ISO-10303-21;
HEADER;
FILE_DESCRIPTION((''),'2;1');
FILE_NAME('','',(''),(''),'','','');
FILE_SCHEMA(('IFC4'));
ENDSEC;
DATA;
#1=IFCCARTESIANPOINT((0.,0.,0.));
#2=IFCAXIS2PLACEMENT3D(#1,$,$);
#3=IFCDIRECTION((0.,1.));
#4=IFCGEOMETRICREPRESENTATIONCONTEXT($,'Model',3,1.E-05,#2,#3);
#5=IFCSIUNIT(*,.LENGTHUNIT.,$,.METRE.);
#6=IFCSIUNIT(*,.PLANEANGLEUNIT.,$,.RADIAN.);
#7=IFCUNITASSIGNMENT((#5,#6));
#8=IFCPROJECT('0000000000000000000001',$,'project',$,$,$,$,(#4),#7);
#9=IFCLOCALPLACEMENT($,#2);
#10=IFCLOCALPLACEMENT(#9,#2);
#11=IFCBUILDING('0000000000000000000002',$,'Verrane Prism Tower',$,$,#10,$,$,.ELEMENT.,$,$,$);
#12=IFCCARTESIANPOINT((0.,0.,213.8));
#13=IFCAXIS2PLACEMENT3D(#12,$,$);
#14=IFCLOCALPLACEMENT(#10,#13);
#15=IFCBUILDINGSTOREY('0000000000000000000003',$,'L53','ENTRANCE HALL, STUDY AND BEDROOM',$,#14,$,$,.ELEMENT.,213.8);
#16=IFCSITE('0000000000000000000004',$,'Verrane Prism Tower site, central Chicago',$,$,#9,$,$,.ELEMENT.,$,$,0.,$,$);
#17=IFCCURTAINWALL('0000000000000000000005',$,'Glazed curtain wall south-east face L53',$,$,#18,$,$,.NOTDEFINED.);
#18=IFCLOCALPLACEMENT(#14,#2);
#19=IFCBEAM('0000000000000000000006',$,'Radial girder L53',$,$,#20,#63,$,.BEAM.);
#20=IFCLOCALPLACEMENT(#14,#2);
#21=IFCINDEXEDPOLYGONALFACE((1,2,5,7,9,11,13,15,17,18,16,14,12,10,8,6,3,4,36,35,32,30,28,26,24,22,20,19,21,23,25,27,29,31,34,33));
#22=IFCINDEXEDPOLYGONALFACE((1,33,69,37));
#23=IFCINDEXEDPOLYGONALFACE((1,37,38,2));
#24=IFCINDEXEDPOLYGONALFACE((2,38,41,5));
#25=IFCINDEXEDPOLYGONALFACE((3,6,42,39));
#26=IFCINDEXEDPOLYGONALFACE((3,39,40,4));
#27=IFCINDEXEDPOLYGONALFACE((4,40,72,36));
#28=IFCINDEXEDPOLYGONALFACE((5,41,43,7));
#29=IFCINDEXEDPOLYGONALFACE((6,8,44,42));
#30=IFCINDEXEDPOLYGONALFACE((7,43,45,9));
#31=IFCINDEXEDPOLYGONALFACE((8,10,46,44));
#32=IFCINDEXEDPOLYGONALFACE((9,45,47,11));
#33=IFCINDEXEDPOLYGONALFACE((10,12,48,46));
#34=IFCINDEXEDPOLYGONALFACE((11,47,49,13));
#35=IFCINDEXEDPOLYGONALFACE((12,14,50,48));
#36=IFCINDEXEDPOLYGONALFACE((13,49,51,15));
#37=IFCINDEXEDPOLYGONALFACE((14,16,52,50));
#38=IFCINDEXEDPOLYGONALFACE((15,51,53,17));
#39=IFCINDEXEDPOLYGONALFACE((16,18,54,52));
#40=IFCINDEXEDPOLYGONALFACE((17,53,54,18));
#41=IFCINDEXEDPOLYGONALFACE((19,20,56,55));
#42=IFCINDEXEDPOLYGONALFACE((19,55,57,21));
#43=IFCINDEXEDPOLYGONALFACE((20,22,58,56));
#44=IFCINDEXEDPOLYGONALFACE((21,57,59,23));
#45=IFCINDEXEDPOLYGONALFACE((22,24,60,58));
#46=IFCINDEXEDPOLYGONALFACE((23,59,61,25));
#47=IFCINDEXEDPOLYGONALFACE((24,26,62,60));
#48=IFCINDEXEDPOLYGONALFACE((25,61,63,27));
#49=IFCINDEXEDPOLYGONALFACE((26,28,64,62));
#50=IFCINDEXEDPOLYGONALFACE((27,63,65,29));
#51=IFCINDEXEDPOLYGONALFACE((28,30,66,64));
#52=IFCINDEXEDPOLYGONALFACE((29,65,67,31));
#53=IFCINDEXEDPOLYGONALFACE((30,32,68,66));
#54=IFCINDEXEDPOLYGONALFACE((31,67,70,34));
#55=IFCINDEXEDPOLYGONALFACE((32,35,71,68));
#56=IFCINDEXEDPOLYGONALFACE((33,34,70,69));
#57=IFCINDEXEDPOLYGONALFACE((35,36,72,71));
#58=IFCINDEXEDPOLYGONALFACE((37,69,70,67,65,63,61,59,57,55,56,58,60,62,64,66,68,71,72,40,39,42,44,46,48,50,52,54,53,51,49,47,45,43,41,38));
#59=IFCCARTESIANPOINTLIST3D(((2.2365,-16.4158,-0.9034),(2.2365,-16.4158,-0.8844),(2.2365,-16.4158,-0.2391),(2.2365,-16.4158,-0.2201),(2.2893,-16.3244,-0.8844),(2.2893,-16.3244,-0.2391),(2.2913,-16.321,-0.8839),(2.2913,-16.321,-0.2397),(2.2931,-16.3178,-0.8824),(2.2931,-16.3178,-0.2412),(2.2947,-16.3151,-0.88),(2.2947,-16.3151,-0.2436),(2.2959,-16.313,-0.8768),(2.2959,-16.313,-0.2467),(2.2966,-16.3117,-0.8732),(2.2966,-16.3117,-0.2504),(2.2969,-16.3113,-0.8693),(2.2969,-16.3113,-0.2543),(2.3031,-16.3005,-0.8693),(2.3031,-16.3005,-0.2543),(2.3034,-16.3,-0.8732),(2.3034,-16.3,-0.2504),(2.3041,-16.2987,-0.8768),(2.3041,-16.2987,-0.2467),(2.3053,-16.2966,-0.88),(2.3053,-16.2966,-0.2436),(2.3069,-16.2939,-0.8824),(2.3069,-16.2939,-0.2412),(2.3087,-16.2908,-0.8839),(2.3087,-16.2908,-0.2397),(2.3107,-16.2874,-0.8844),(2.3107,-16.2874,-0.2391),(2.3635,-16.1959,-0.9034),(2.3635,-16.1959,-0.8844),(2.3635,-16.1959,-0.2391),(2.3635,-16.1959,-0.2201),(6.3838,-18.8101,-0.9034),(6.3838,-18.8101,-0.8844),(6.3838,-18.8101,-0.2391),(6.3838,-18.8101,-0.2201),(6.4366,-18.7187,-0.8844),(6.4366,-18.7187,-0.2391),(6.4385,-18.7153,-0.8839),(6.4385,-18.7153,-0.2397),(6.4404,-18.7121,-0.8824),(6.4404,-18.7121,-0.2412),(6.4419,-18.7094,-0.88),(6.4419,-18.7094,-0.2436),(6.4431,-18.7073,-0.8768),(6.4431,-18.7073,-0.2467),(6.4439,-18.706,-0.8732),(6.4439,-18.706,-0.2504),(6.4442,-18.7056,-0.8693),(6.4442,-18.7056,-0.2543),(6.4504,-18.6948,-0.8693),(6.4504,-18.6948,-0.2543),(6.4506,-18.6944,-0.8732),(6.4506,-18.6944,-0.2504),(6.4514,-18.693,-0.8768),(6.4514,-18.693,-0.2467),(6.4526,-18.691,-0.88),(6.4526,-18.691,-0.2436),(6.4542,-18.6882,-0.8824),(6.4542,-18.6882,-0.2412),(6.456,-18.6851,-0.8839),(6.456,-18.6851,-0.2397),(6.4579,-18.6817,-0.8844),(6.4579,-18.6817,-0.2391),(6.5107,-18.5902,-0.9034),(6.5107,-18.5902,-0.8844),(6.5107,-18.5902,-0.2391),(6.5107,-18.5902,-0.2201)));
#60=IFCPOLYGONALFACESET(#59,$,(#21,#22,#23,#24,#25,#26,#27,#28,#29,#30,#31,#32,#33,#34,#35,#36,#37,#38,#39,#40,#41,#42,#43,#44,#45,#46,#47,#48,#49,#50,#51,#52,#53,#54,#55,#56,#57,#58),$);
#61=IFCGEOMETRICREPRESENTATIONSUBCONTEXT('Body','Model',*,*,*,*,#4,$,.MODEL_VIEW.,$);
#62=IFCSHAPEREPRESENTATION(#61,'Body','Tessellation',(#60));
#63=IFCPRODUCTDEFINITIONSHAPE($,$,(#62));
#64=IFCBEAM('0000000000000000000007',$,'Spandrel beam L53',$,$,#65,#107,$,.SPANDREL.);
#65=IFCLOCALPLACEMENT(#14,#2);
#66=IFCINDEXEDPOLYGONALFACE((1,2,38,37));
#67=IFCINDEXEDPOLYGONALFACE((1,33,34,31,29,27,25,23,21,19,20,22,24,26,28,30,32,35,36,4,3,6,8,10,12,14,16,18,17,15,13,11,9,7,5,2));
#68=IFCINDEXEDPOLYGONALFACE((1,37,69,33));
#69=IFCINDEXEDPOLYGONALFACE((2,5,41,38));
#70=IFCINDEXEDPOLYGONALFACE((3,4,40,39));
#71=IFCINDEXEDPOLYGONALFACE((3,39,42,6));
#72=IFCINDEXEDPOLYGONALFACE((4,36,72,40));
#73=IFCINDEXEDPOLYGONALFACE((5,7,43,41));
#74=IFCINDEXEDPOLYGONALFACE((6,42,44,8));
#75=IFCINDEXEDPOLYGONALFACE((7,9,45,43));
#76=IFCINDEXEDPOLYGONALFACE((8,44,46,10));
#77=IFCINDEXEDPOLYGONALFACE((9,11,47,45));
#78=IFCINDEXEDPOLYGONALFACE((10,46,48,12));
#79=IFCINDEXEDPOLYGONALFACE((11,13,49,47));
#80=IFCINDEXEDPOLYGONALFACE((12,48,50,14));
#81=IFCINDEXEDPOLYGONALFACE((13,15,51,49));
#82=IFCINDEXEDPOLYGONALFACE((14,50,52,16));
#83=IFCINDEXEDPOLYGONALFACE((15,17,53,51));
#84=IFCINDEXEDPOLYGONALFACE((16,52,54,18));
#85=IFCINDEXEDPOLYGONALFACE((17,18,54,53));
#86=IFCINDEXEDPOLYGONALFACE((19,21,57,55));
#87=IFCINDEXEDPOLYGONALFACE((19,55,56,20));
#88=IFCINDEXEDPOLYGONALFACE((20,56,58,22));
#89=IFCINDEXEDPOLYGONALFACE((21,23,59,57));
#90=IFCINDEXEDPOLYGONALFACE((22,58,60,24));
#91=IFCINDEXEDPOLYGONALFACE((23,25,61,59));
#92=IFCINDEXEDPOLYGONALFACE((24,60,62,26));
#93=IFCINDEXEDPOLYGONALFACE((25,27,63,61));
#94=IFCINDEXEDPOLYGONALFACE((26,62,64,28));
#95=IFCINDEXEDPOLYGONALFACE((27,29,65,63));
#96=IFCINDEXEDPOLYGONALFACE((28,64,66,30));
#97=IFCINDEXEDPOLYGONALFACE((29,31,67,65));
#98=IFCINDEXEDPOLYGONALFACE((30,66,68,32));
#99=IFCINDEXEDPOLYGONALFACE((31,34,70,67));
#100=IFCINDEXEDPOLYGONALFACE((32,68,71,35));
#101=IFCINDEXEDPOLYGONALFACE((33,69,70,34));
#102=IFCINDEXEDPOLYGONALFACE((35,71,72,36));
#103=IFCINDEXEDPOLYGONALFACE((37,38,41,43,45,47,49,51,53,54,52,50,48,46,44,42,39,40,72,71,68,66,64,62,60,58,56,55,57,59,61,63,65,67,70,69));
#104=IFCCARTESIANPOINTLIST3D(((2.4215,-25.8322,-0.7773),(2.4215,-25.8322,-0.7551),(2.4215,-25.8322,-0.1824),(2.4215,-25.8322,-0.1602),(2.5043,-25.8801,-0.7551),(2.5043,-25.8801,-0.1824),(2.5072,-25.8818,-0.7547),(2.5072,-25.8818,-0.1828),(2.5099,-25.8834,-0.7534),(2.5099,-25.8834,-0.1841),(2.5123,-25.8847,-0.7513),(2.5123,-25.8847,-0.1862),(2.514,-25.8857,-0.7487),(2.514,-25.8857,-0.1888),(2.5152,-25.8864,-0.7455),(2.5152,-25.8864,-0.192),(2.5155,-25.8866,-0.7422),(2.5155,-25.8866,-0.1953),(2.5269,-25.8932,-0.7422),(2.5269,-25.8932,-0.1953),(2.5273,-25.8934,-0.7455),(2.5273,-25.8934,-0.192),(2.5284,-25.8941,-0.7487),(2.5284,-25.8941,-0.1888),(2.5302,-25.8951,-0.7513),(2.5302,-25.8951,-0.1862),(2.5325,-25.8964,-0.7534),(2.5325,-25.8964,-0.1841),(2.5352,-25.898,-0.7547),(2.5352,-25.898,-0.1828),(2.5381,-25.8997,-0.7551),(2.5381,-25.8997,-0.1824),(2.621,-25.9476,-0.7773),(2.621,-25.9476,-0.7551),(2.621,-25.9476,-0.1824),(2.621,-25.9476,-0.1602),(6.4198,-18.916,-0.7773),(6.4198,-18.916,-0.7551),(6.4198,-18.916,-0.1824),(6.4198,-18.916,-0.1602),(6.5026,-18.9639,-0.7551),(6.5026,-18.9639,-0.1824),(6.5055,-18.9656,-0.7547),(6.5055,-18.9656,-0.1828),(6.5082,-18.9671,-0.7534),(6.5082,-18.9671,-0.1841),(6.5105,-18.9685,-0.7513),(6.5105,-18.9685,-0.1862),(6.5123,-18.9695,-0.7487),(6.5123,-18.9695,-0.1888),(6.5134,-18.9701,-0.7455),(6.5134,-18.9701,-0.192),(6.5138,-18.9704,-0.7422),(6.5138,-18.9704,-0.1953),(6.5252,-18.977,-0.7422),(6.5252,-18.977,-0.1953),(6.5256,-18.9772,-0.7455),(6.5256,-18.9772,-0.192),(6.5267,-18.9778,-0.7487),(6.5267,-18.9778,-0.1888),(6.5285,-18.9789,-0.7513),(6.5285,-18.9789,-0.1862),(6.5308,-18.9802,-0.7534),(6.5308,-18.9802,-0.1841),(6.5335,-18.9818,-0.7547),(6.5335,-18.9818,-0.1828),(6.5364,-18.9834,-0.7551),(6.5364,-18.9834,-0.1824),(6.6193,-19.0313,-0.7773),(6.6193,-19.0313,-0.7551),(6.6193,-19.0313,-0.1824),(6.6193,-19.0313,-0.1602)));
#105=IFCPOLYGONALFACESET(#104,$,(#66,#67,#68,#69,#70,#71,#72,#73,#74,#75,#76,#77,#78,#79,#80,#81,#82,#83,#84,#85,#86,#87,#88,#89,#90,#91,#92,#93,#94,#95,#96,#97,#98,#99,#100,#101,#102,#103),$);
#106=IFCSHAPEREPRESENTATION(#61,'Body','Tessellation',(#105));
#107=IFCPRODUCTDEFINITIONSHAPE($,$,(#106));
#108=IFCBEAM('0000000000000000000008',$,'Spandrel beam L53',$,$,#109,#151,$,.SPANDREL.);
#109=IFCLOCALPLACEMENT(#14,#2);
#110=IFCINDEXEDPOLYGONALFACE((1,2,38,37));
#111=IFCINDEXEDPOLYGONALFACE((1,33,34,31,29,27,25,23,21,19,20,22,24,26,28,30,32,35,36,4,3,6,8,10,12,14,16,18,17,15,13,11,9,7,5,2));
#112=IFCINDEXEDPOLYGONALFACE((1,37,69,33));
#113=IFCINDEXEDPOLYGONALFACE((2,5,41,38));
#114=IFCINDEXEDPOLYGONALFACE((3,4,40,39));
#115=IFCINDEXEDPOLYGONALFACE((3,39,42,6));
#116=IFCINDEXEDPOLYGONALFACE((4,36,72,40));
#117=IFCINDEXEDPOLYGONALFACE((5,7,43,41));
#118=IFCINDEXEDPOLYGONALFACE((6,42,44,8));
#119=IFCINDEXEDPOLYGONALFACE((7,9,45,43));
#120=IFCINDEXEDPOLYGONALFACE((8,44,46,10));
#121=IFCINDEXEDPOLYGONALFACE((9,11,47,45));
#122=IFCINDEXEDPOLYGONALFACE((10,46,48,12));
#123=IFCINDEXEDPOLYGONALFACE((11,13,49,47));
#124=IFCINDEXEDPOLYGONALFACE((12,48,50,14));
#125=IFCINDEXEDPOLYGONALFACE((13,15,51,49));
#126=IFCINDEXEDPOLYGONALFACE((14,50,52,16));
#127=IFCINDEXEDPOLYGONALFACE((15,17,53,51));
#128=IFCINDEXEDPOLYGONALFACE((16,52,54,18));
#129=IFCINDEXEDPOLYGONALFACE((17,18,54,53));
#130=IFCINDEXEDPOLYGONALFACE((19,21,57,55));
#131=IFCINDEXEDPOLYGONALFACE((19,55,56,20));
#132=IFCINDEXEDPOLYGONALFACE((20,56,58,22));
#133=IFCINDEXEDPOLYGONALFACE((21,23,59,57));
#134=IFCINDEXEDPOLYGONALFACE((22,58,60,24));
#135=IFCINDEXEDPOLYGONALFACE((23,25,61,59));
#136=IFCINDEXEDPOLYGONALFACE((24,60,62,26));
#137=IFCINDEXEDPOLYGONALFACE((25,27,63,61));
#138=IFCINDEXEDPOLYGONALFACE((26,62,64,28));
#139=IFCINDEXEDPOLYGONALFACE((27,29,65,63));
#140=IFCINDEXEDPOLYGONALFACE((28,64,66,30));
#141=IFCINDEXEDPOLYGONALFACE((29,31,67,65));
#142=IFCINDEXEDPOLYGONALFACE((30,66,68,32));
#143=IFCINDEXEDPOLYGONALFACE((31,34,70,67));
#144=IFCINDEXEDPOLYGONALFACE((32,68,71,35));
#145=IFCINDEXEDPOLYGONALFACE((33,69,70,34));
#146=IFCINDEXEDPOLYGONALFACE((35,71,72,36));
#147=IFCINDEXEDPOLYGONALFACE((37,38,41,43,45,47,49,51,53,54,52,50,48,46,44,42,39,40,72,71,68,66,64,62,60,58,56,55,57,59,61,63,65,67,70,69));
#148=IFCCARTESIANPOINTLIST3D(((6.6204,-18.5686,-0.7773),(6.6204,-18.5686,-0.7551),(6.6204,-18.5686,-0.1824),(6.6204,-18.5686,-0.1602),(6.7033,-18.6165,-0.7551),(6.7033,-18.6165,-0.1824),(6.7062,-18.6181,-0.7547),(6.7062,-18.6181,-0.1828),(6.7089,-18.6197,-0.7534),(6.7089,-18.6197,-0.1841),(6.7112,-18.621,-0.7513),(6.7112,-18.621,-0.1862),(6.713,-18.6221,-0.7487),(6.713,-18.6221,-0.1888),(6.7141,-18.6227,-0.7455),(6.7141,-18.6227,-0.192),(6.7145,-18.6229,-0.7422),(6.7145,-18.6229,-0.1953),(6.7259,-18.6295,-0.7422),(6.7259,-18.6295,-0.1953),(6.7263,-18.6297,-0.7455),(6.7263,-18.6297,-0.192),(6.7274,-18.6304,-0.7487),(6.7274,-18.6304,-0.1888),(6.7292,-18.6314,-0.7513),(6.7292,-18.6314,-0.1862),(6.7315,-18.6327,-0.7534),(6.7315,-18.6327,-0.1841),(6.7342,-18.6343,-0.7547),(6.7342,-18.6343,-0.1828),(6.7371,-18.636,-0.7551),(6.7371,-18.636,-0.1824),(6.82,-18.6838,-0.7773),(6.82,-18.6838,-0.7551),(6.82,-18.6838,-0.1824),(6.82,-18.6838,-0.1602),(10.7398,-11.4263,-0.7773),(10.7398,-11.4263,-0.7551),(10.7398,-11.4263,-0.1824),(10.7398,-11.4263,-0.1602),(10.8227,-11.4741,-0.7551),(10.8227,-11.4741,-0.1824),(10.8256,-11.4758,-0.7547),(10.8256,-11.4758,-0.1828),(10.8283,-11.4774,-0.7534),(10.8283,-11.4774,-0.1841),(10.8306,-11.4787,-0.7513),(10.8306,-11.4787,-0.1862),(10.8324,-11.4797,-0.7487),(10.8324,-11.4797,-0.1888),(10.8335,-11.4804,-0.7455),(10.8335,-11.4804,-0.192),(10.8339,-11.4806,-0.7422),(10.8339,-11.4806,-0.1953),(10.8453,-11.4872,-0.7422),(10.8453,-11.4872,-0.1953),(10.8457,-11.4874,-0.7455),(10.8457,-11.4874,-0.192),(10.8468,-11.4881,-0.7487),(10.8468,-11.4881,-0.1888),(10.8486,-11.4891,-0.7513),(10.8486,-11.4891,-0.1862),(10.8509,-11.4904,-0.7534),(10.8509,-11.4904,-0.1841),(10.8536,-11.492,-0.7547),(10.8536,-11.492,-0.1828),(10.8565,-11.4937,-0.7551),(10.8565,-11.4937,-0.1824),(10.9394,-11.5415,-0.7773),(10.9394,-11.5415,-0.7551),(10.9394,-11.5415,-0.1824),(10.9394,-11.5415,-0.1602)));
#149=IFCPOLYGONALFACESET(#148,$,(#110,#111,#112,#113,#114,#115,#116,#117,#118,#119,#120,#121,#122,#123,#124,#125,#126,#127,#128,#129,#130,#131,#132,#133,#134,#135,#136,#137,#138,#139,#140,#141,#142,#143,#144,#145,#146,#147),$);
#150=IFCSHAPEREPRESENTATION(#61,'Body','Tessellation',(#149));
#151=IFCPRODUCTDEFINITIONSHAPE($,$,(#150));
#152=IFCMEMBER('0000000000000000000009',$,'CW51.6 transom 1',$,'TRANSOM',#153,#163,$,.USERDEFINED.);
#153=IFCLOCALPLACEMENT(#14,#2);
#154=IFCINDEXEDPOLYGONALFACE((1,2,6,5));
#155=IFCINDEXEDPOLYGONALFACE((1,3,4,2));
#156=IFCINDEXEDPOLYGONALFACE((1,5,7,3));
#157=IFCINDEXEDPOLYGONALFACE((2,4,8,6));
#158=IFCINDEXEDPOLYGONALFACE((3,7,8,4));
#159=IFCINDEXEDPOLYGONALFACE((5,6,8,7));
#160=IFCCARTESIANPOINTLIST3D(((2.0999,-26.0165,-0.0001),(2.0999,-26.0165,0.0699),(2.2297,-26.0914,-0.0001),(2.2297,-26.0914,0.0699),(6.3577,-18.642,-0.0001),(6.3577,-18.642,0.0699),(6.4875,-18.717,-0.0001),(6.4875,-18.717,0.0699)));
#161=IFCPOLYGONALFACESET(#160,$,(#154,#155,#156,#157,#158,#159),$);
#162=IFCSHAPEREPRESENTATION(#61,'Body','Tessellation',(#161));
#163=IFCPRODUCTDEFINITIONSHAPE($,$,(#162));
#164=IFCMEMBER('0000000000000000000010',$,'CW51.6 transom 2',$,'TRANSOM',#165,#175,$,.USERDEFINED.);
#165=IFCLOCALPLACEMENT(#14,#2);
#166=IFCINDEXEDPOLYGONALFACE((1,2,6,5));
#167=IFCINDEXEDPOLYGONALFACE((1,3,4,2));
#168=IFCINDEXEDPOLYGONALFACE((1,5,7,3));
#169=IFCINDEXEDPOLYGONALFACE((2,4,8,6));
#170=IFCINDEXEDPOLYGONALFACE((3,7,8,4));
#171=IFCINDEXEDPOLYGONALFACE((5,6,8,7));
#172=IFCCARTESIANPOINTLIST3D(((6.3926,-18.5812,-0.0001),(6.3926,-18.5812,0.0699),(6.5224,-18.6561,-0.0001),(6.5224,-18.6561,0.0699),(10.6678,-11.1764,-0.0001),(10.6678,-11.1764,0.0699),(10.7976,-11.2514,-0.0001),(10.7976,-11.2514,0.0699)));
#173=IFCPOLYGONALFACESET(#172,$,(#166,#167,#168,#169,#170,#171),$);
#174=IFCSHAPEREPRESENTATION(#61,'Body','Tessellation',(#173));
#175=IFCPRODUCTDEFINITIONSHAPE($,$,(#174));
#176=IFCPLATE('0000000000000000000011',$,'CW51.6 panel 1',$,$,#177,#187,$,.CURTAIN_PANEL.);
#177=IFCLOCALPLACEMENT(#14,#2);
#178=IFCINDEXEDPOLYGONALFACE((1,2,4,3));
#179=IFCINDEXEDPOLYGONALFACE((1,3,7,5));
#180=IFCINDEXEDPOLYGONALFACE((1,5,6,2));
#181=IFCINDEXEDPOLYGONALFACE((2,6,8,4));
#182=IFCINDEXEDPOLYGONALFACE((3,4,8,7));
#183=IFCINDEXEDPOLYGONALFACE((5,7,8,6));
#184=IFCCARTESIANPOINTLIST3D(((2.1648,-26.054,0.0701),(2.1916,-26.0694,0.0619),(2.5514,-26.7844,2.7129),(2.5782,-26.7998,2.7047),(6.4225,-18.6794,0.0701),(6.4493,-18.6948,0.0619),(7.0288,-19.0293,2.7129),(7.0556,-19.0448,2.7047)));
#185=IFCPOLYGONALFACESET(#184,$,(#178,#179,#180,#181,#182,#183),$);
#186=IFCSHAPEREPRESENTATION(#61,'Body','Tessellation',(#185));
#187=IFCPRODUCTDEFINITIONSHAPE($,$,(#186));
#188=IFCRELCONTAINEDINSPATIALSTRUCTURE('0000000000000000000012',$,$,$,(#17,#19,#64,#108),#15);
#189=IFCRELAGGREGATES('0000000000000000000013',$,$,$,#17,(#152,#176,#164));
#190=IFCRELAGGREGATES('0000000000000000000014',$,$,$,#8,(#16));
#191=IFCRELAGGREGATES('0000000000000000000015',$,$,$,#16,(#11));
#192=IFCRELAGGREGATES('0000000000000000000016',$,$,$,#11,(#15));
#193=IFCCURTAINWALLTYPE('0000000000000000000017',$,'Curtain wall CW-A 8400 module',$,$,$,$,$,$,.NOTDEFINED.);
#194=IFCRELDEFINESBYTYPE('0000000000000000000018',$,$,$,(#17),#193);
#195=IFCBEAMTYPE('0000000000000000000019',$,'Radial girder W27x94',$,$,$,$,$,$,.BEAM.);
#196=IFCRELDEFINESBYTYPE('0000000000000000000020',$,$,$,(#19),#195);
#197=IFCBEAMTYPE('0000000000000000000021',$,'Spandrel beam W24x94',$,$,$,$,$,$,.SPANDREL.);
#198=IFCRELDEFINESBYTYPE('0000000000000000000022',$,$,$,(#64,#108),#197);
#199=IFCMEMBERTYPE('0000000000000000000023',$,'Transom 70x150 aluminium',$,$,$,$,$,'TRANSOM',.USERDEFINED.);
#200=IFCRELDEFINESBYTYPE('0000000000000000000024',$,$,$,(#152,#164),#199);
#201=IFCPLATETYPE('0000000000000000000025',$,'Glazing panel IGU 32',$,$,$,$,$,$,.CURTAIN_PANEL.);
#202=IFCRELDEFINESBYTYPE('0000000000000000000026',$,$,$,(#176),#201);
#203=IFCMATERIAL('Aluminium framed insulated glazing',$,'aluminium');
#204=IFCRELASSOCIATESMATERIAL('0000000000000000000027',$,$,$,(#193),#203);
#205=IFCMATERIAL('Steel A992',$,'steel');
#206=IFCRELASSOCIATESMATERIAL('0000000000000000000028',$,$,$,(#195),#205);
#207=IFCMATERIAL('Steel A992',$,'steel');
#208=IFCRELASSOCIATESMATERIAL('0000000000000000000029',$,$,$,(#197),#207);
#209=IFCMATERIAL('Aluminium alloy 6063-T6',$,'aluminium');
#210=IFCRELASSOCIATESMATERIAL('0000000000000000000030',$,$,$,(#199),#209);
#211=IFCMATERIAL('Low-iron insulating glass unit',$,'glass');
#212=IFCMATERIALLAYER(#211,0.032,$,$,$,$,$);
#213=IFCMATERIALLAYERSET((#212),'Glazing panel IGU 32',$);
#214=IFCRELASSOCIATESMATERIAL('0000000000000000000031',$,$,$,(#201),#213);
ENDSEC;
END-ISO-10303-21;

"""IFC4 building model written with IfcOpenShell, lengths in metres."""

from ifc_helpers import new_model, si_unit, direction, frame, origin, origin_2d, place, context, subcontext, project, spatial, polyline, rectangle, i_section, outline, extrude, material, layer, layer_set, material_profile, profile_set, type_object, element, aggregate, save


model = new_model("IFC4")

# Units and contexts
model_context = context("Model", 3, precision=1e-05, world=origin(), true_north=direction((0.0, 1.0)))
body_context = subcontext(model_context, "Body", "Model", "MODEL_VIEW")
ifc_project = project(units=[si_unit("LENGTHUNIT", "METRE"), si_unit("PLANEANGLEUNIT", "RADIAN")], contexts=[model_context])

# Site, building, storey
site_placement = place(None, origin())
site = spatial("IfcSite", under=ifc_project, at=site_placement, Name="Verrane Prism Tower site, central Chicago", CompositionType="ELEMENT", RefElevation=0.0)
building_placement = place(site_placement, origin())
building = spatial("IfcBuilding", under=site, at=building_placement, Name="Verrane Prism Tower", CompositionType="ELEMENT")
storey_placement = place(building_placement, frame((0.0, 0.0, 213.8)))
storey = spatial("IfcBuildingStorey", under=building, at=storey_placement, Name="L53", Description="ENTRANCE HALL, STUDY AND BEDROOM", CompositionType="ELEMENT", Elevation=213.8)

# Curtain wall
ifc_material_1 = material(Name="Aluminium framed insulated glazing", Category="aluminium")
curtain_wall_type = type_object("IfcCurtainWallType", Name="Curtain wall CW-A 8400 module", PredefinedType="NOTDEFINED", material=ifc_material_1)
curtain_wall_placement = place(storey_placement, origin())
curtain_wall = element("IfcCurtainWall", 1, at=curtain_wall_placement, inside=storey, type_object=curtain_wall_type, Name="Glazed curtain wall south-east face L53", PredefinedType="NOTDEFINED")

# Beams
ifc_material_2 = material(Name="Steel A992", Category="steel")
ifc_material_profile_1 = material_profile(ifc_material_2, i_section(OverallWidth=0.2539, OverallDepth=0.6833, WebThickness=0.0125, FlangeThickness=0.019, FilletRadius=0.0151, at=origin_2d()), Name="W27x94")
ifc_profile_set_1 = profile_set([ifc_material_profile_1], Name="Steel A992")
beam_type_1 = type_object("IfcBeamType", Name="Radial girder W27x94", PredefinedType="BEAM", material=ifc_profile_set_1)
beam_1_placement = place(storey_placement, frame((6.4473, -18.7002, -0.5618), z_axis=(-0.866035, 0.499983, 0.0), x_axis=(-0.499983, -0.866035, 0.0)))
element("IfcBeam", 2, at=beam_1_placement, inside=storey, type_object=beam_type_1, Name="Radial girder L53", PredefinedType="BEAM", context=body_context, shape_type="SweptSolid", body=[
    extrude(i_section(OverallWidth=0.2539, OverallDepth=0.6833, WebThickness=0.0125, FlangeThickness=0.019, FilletRadius=0.0151, at=origin_2d()), origin(), (0.0, 0.0, 1.0), 4.7888),
])
ifc_material_3 = material(Name="Steel A992", Category="steel")
ifc_material_profile_2 = material_profile(ifc_material_3, i_section(OverallWidth=0.2305, OverallDepth=0.6172, WebThickness=0.0132, FlangeThickness=0.0222, FilletRadius=0.0129, at=origin_2d()), Name="W24x94")
ifc_profile_set_2 = profile_set([ifc_material_profile_2], Name="Steel A992")
beam_type_2 = type_object("IfcBeamType", Name="Spandrel beam W24x94", PredefinedType="SPANDREL", material=ifc_profile_set_2)
beam_2_placement = place(storey_placement, frame((2.5212, -25.8899, -0.4688), z_axis=(0.500487, 0.865744, 0.0), x_axis=(-0.865744, 0.500487, 0.0)))
element("IfcBeam", 3, at=beam_2_placement, inside=storey, type_object=beam_type_2, Name="Spandrel beam L53", PredefinedType="SPANDREL", context=body_context, shape_type="SweptSolid", body=[
    extrude(i_section(OverallWidth=0.2305, OverallDepth=0.6172, WebThickness=0.0132, FlangeThickness=0.0222, FilletRadius=0.0129, at=origin_2d()), origin(), (0.0, 0.0, 1.0), 7.9888),
])
beam_3_placement = place(storey_placement, frame((6.7202, -18.6262, -0.4688), z_axis=(0.499614, 0.866248, 0.0), x_axis=(-0.866248, 0.499614, 0.0)))
element("IfcBeam", 4, at=beam_3_placement, inside=storey, type_object=beam_type_2, Name="Spandrel beam L53", PredefinedType="SPANDREL", context=body_context, shape_type="SweptSolid", body=[
    extrude(i_section(OverallWidth=0.2305, OverallDepth=0.6172, WebThickness=0.0132, FlangeThickness=0.0222, FilletRadius=0.0129, at=origin_2d()), origin(), (0.0, 0.0, 1.0), 8.2451),
])

# Members
ifc_material_4 = material(Name="Aluminium alloy 6063-T6", Category="aluminium")
ifc_material_profile_3 = material_profile(ifc_material_4, rectangle(XDim=0.1499, YDim=0.0701, at=origin_2d()), Name="Transom 70x150 aluminium")
ifc_profile_set_3 = profile_set([ifc_material_profile_3], Name="Aluminium alloy 6063-T6")
member_type_1 = type_object("IfcMemberType", Name="Transom 70x150 aluminium", ElementType="TRANSOM", PredefinedType="USERDEFINED", material=ifc_profile_set_3)
member_1_placement = place(storey_placement, frame((2.1648, -26.054, 0.0349), z_axis=(0.500012, 0.866018, 0.0), x_axis=(-0.866018, 0.500012, 0.0)))
member_1 = element("IfcMember", 5, at=member_1_placement, type_object=member_type_1, Name="CW51.6 transom 1", ObjectType="TRANSOM", PredefinedType="USERDEFINED", context=body_context, shape_type="SweptSolid", body=[
    extrude(rectangle(XDim=0.1499, YDim=0.0701, at=origin_2d()), origin(), (0.0, 0.0, 1.0), 8.5154),
])
member_2_placement = place(storey_placement, frame((6.4575, -18.6187, 0.0349), z_axis=(0.499999, 0.866026, 0.0), x_axis=(-0.866026, 0.499999, 0.0)))
member_2 = element("IfcMember", 6, at=member_2_placement, type_object=member_type_1, Name="CW51.6 transom 2", ObjectType="TRANSOM", PredefinedType="USERDEFINED", context=body_context, shape_type="SweptSolid", body=[
    extrude(rectangle(XDim=0.1499, YDim=0.0701, at=origin_2d()), origin(), (0.0, 0.0, 1.0), 8.5503),
])

# Plate
ifc_material_5 = material(Name="Low-iron insulating glass unit", Category="glass")
ifc_layer_1 = layer(ifc_material_5, 0.032)
ifc_layer_set_1 = layer_set([ifc_layer_1], Name="Glazing panel IGU 32")
plate_type = type_object("IfcPlateType", Name="Glazing panel IGU 32", PredefinedType="CURTAIN_PANEL", material=ifc_layer_set_1)
plate_1_placement = place(storey_placement, frame((2.1648, -26.054, 0.0701), z_axis=(-0.837155, 0.483332, 0.256049), x_axis=(0.500001, 0.866025, 0.000003)))
plate_1 = element("IfcPlate", 7, at=plate_1_placement, type_object=plate_type, Name="CW51.6 panel 1", PredefinedType="CURTAIN_PANEL", context=body_context, shape_type="SweptSolid", body=[
    extrude(outline(polyline([(0.0, 0.0), (8.5154, 0.0), (8.5155, -2.7339), (-0.4392, -2.734), (0.0, 0.0)])), origin(), (0.0, 0.0, -1.0), 0.032),
])
aggregate(curtain_wall, [member_1, plate_1, member_2])

save(model, "model.ifc")
